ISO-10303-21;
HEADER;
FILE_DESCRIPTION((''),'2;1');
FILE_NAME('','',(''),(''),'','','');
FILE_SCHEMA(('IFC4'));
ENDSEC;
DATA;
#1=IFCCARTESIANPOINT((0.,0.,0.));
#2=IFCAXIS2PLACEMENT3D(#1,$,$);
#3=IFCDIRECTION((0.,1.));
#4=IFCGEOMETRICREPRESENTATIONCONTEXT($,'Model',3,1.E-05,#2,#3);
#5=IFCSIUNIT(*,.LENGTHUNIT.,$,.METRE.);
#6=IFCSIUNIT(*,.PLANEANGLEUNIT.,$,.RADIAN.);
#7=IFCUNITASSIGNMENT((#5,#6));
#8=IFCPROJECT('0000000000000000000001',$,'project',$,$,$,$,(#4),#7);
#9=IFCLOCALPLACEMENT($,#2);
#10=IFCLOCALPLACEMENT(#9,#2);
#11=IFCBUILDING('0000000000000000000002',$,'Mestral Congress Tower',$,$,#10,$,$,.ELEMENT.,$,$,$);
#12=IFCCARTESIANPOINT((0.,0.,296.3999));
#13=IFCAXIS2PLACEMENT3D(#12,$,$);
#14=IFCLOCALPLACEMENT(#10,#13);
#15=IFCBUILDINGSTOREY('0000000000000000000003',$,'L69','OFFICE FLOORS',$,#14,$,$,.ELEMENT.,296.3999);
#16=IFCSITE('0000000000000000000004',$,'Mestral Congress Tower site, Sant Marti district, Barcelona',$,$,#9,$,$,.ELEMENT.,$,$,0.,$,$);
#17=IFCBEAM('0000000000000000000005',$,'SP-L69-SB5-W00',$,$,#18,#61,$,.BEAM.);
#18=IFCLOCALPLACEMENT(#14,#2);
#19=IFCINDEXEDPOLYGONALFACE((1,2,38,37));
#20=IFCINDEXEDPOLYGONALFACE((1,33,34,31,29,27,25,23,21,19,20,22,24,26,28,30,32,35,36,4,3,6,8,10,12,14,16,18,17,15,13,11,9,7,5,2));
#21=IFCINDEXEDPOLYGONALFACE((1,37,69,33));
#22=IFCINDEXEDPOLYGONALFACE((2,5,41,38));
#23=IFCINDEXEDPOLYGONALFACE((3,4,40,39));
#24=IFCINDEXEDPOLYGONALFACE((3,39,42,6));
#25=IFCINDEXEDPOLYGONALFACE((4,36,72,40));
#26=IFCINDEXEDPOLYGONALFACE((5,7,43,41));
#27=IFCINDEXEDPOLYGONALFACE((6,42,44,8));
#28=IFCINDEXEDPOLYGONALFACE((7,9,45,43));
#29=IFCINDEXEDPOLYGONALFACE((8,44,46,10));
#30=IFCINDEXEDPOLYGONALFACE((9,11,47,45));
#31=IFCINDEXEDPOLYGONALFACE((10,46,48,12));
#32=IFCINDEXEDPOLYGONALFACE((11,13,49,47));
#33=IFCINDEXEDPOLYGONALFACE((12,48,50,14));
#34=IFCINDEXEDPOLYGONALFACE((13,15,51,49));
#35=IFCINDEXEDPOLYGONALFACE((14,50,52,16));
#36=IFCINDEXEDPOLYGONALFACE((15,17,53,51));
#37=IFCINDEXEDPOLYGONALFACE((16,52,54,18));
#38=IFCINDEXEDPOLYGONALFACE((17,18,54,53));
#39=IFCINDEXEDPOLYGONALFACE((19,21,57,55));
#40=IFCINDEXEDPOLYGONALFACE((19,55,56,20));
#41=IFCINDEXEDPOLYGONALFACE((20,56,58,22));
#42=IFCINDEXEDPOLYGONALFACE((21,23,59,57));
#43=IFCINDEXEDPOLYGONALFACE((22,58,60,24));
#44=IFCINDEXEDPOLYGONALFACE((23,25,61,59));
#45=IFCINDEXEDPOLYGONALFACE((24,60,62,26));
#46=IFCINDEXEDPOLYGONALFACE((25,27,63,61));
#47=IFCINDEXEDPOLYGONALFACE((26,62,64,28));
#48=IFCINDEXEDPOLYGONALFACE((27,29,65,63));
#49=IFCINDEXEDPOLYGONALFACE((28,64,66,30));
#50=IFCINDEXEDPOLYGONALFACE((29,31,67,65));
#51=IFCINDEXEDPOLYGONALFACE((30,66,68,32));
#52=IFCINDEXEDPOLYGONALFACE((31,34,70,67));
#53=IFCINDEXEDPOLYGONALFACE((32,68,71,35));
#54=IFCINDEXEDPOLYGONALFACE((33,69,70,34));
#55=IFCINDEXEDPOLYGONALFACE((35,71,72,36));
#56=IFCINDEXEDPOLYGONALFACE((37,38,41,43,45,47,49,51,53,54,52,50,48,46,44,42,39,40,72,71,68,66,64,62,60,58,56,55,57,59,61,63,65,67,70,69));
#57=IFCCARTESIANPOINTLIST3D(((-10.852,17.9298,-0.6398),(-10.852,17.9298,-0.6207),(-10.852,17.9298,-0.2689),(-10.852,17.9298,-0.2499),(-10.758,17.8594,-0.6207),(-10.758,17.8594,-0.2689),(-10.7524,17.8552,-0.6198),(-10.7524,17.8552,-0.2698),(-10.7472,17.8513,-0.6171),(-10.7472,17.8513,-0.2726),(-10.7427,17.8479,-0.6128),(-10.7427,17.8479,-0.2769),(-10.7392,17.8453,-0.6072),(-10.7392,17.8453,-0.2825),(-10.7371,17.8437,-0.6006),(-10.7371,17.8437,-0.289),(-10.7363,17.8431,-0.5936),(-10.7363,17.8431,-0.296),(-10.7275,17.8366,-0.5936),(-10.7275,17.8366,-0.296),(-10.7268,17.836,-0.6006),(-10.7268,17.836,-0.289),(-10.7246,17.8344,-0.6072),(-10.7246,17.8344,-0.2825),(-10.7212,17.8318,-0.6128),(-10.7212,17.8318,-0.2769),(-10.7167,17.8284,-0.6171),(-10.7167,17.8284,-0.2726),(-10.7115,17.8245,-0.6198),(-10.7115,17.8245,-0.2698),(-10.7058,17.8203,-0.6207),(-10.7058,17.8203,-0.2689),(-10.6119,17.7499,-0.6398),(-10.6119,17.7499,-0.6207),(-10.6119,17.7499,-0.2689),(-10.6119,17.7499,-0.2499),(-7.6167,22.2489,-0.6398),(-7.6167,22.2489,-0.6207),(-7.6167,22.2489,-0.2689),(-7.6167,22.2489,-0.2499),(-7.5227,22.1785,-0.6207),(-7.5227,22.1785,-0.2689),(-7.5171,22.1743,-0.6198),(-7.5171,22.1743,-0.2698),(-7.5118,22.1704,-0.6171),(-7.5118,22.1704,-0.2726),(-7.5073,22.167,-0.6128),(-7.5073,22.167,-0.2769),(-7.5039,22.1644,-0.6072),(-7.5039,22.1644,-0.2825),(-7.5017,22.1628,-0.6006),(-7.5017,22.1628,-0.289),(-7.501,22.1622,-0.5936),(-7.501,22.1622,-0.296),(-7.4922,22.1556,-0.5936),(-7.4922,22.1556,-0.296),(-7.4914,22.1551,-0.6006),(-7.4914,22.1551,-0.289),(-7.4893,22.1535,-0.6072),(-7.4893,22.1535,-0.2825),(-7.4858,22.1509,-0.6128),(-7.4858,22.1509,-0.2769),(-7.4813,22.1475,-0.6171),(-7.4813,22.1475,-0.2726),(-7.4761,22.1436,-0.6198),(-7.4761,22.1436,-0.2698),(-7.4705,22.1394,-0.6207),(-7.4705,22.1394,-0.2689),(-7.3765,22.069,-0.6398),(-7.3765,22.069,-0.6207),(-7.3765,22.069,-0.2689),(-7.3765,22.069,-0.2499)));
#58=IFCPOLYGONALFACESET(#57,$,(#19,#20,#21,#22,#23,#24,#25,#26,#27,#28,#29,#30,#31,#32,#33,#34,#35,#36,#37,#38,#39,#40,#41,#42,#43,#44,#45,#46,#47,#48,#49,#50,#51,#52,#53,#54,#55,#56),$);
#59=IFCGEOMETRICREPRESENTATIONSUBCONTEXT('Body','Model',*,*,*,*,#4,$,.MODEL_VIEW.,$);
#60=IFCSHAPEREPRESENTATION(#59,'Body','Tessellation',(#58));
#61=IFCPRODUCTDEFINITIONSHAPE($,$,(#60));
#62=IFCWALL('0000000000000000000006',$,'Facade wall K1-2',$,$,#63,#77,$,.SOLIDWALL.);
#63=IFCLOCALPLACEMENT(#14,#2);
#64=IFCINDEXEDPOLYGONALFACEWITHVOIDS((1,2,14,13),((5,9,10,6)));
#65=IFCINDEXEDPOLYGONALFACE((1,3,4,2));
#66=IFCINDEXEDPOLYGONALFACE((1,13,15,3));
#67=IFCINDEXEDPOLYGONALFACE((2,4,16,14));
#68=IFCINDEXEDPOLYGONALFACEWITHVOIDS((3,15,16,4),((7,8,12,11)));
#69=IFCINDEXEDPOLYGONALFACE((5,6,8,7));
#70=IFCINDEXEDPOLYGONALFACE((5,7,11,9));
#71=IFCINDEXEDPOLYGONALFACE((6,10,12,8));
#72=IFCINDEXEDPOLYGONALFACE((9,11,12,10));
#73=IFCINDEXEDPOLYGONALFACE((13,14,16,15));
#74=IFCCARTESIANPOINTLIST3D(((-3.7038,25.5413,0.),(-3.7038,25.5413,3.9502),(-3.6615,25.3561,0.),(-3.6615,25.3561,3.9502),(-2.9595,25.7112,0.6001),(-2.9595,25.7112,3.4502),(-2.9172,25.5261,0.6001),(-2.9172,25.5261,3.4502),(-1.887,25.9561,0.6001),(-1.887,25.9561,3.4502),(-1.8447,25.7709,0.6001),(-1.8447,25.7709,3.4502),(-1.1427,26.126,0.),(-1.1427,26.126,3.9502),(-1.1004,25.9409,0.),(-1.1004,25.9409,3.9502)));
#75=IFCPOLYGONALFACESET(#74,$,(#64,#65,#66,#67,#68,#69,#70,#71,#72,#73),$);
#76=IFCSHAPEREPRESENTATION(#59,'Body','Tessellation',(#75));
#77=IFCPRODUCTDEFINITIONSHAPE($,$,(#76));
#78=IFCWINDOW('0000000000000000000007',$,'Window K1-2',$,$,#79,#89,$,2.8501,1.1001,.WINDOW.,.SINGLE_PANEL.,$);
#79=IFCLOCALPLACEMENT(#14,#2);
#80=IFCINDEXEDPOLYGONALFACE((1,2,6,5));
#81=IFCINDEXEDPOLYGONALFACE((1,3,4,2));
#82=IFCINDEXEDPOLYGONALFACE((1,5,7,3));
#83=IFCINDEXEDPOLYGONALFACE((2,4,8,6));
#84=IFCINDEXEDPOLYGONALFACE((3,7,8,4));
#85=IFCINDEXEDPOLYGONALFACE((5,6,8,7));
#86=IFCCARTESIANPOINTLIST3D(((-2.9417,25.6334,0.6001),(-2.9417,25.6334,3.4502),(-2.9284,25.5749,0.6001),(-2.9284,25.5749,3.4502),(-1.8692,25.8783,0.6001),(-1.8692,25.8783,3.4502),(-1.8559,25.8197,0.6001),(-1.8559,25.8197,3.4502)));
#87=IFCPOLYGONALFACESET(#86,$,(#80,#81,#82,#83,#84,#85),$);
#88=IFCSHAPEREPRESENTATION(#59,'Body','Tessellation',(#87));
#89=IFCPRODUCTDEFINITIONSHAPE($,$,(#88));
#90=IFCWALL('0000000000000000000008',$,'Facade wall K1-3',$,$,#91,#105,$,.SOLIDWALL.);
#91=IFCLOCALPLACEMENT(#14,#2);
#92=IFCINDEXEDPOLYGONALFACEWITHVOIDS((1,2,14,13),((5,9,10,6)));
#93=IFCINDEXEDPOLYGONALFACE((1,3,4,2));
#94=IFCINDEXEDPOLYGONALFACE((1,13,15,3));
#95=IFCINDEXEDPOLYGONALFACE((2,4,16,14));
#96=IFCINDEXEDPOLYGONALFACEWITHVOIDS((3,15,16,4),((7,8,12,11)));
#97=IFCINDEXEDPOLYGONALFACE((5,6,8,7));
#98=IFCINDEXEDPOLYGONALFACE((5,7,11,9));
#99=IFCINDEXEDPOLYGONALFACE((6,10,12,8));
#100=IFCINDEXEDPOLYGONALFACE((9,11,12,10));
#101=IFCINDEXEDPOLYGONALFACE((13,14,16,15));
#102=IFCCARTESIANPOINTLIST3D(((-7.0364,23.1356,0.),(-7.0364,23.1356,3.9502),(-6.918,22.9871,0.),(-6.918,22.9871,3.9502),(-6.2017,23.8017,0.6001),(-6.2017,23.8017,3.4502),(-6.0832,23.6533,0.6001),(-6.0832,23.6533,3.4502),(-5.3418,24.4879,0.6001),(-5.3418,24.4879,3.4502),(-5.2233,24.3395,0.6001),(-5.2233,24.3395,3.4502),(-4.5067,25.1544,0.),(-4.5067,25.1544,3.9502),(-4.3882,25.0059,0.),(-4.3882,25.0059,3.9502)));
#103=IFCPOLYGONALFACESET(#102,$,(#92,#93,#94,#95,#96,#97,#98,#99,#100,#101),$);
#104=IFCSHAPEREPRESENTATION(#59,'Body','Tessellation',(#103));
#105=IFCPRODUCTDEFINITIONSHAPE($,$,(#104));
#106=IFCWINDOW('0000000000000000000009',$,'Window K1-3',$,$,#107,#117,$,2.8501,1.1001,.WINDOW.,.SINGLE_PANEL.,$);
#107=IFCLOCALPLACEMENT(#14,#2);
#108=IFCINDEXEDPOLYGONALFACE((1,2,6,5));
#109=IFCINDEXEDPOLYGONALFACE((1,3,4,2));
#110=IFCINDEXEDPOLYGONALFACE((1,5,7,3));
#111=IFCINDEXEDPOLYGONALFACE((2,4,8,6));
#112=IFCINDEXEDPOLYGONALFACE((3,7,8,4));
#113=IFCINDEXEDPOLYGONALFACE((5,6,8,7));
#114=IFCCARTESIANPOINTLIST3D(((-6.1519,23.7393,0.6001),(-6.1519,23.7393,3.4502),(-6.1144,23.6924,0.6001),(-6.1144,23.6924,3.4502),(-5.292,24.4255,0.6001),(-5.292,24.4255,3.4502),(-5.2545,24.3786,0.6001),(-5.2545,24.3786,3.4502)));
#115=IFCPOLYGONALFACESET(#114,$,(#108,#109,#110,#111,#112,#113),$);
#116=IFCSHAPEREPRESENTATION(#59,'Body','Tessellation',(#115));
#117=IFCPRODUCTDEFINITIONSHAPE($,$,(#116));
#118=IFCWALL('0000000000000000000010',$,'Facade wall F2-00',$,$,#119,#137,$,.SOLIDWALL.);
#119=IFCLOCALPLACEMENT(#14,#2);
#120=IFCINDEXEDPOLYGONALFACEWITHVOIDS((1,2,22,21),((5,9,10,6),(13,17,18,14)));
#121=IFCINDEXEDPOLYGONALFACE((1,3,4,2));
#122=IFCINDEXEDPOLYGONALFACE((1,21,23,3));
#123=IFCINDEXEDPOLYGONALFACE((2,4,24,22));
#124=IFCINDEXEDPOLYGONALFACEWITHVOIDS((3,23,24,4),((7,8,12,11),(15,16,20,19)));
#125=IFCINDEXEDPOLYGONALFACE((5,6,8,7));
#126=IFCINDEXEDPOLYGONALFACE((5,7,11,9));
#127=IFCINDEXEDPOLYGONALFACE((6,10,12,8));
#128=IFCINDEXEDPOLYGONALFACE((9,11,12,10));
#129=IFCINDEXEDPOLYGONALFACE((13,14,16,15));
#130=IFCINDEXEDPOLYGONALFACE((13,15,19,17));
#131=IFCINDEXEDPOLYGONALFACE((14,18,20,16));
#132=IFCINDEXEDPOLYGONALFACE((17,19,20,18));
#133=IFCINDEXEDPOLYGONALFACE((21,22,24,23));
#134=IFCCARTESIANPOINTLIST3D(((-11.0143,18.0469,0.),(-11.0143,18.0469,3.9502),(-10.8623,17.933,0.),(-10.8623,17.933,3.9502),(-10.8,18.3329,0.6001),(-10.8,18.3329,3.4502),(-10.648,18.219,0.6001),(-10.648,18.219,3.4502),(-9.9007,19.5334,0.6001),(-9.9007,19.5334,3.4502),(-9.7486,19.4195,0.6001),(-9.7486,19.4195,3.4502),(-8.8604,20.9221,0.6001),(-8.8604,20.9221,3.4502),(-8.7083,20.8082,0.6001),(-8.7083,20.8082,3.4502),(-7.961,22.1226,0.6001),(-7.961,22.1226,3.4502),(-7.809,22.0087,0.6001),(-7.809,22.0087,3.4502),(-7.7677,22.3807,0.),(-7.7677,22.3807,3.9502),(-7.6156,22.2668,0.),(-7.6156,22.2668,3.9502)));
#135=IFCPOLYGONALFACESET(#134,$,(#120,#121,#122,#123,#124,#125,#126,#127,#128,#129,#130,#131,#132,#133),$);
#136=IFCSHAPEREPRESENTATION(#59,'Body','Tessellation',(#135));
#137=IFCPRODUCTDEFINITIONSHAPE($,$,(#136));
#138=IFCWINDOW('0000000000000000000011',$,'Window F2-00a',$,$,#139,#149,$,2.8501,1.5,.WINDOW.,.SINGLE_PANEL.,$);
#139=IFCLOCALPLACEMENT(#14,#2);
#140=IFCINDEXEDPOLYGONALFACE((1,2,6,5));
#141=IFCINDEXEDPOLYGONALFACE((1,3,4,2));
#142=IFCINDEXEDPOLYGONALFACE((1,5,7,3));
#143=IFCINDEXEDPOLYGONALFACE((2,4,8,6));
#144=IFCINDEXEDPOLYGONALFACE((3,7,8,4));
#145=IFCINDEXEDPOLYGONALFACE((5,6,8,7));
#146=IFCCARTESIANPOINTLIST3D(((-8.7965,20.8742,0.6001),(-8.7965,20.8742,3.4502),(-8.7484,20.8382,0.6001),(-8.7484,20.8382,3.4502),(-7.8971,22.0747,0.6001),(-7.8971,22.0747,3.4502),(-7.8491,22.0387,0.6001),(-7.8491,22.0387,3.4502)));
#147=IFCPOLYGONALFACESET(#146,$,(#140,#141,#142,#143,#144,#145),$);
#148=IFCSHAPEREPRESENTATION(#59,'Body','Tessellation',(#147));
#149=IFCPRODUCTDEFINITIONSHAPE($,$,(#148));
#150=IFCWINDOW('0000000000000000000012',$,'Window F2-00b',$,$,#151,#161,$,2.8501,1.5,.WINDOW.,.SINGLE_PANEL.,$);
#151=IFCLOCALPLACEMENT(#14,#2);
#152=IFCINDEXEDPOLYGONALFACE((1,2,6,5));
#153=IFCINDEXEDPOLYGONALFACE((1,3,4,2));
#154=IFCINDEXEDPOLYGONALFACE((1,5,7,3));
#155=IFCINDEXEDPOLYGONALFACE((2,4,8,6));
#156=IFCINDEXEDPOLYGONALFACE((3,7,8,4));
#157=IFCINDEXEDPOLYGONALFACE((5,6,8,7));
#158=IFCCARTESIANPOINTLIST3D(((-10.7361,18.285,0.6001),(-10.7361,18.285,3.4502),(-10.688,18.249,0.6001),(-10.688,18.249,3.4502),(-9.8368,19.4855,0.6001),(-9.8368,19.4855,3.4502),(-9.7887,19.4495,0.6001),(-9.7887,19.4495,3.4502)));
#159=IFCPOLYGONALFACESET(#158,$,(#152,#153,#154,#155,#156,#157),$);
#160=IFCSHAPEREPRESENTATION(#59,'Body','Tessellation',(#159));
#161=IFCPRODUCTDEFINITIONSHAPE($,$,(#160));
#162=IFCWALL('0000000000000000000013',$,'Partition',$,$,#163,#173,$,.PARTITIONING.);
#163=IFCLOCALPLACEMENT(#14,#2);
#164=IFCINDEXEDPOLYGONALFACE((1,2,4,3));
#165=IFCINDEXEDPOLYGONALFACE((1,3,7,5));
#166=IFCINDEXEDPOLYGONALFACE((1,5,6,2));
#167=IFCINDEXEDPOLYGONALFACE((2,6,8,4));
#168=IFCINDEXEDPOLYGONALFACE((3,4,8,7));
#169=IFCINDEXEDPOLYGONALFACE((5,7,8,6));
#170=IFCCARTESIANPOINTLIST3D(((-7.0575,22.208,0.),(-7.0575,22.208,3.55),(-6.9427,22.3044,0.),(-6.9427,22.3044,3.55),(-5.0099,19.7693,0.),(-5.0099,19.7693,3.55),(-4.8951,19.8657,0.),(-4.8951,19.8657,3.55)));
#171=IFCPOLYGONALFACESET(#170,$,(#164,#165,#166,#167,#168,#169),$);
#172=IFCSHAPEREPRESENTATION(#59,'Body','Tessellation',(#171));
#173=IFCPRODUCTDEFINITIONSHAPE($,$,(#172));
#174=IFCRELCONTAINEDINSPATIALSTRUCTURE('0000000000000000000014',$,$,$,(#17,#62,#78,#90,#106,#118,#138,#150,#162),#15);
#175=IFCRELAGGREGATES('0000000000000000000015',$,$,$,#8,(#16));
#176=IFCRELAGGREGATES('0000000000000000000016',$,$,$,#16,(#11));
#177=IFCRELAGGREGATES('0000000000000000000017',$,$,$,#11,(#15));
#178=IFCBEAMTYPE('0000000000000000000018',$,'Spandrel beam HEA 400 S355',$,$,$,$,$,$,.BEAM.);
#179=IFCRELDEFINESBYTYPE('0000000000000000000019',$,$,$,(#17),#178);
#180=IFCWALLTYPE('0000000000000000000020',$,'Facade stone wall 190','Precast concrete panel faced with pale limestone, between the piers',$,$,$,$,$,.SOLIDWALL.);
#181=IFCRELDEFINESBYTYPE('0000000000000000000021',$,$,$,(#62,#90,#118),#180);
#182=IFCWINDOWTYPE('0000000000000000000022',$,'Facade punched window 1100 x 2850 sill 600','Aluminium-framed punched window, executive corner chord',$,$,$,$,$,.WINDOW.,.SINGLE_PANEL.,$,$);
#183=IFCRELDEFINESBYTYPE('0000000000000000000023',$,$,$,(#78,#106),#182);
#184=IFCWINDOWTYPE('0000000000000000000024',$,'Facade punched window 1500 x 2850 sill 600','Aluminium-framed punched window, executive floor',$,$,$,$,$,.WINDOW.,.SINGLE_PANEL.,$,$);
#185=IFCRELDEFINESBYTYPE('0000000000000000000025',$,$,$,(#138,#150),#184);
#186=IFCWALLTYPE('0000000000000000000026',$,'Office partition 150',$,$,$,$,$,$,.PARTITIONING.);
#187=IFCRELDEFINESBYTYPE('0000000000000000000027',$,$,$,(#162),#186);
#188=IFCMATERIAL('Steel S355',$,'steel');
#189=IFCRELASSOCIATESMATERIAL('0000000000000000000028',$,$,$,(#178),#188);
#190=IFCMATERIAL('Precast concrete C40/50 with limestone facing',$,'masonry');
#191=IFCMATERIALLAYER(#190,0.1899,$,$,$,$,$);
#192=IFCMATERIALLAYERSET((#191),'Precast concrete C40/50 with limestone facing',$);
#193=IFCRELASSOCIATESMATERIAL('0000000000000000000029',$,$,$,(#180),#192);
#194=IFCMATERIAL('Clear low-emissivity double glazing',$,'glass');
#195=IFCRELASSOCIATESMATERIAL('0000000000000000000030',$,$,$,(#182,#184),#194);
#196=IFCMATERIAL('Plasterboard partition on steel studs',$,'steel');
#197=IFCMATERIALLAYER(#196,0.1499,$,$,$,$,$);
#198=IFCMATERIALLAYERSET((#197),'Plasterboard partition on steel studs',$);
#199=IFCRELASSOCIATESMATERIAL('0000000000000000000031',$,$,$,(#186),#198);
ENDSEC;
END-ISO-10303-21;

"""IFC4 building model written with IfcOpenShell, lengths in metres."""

from ifc_helpers import new_model, si_unit, direction, frame, frame_2d, origin, origin_2d, place, context, subcontext, project, spatial, rectangle, i_section, extrude, material, layer, layer_set, material_profile, profile_set, type_object, element, fill, save


model = new_model("IFC4")

# Units and contexts
model_context = context("Model", 3, precision=1e-05, world=origin(), true_north=direction((0.0, 1.0)))
body_context = subcontext(model_context, "Body", "Model", "MODEL_VIEW")
ifc_project = project(units=[si_unit("LENGTHUNIT", "METRE"), si_unit("PLANEANGLEUNIT", "RADIAN")], contexts=[model_context])

# Site, building, storey
site_placement = place(None, origin())
site = spatial("IfcSite", under=ifc_project, at=site_placement, Name="Mestral Congress Tower site, Sant Marti district, Barcelona", CompositionType="ELEMENT", RefElevation=0.0)
building_placement = place(site_placement, origin())
building = spatial("IfcBuilding", under=site, at=building_placement, Name="Mestral Congress Tower", CompositionType="ELEMENT")
storey_placement = place(building_placement, frame((0.0, 0.0, 296.3999)))
storey = spatial("IfcBuildingStorey", under=building, at=storey_placement, Name="L69", Description="OFFICE FLOORS", CompositionType="ELEMENT", Elevation=296.3999)

# Beam
ifc_material_1 = material(Name="Steel S355", Category="steel")
ifc_material_profile_1 = material_profile(ifc_material_1, i_section(OverallWidth=0.3, OverallDepth=0.3899, WebThickness=0.011, FlangeThickness=0.019, FilletRadius=0.0271, at=origin_2d()), Name="HEA 400")
ifc_profile_set_1 = profile_set([ifc_material_profile_1], Name="Steel S355")
beam_type_1 = type_object("IfcBeamType", Name="Spandrel beam HEA 400 S355", PredefinedType="BEAM", material=ifc_profile_set_1)
beam_1_placement = place(storey_placement, frame((-7.4966, 22.1589, -0.4448), z_axis=(-0.599529, -0.800353, 0.0), x_axis=(0.800353, -0.599529, 0.0)))
element("IfcBeam", 1, at=beam_1_placement, inside=storey, type_object=beam_type_1, Name="SP-L69-SB5-W00", PredefinedType="BEAM", context=body_context, shape_type="SweptSolid", body=[
    extrude(i_section(OverallWidth=0.3, OverallDepth=0.3899, WebThickness=0.011, FlangeThickness=0.019, FilletRadius=0.0271, at=origin_2d()), origin(), (0.0, 0.0, 1.0), 5.3965),
])

# Walls, openings, windows
ifc_material_2 = material(Name="Precast concrete C40/50 with limestone facing", Category="masonry")
ifc_layer_1 = layer(ifc_material_2, 0.1899)
ifc_layer_set_1 = layer_set([ifc_layer_1], Name="Precast concrete C40/50 with limestone facing")
wall_type_1 = type_object("IfcWallType", Name="Facade stone wall 190", Description="Precast concrete panel faced with pale limestone, between the piers", PredefinedType="SOLIDWALL", material=ifc_layer_set_1)
wall_1_placement = place(storey_placement, frame((-1.1216, 26.0334, 0.0), z_axis=(0.0, 0.0, 1.0), x_axis=(-0.974913, -0.222585, 0.0)))
wall_1 = element("IfcWall", 2, at=wall_1_placement, inside=storey, type_object=wall_type_1, Name="Facade wall K1-2", PredefinedType="SOLIDWALL", context=body_context, shape_type="SweptSolid", body=[
    extrude(rectangle(XDim=2.627, YDim=0.1899, at=frame_2d((1.3135, 0.0))), origin(), (0.0, 0.0, 1.0), 3.9502),
])
opening_1_placement = place(wall_1_placement, frame((0.7634, 0.0, 0.6001)))
opening_1 = element("IfcOpeningElement", 3, at=opening_1_placement, cuts=wall_1, PredefinedType="OPENING", context=body_context, shape_type="SweptSolid", body=[
    extrude(rectangle(XDim=1.1001, YDim=2.8501, at=frame_2d((0.55, 1.425))), frame((0.0, 0.105, 0.0), z_axis=(0.0, -1.0, 0.0), x_axis=(1.0, 0.0, 0.0)), (0.0, 0.0, 1.0), 0.21),
])
ifc_material_3 = material(Name="Clear low-emissivity double glazing", Category="glass")
window_type_1 = type_object("IfcWindowType", Name="Facade punched window 1100 x 2850 sill 600", Description="Aluminium-framed punched window, executive corner chord", PartitioningType="SINGLE_PANEL", PredefinedType="WINDOW", material=ifc_material_3)
window_1_placement = place(opening_1_placement, origin())
window_1 = element("IfcWindow", 4, at=window_1_placement, inside=storey, type_object=window_type_1, Name="Window K1-2", OverallHeight=2.8501, OverallWidth=1.1001, PartitioningType="SINGLE_PANEL", PredefinedType="WINDOW", context=body_context, shape_type="SweptSolid", body=[
    extrude(rectangle(XDim=1.1001, YDim=2.8501, at=frame_2d((0.55, 1.425))), frame((0.0, 0.0449, 0.0), z_axis=(0.0, -1.0, 0.0), x_axis=(1.0, 0.0, 0.0)), (0.0, 0.0, 1.0), 0.0601),
])
fill(opening_1, window_1)
wall_2_placement = place(storey_placement, frame((-4.4475, 25.0801, 0.0), z_axis=(0.0, 0.0, 1.0), x_axis=(-0.781626, -0.623747, 0.0)))
wall_2 = element("IfcWall", 5, at=wall_2_placement, inside=storey, type_object=wall_type_1, Name="Facade wall K1-3", PredefinedType="SOLIDWALL", context=body_context, shape_type="SweptSolid", body=[
    extrude(rectangle(XDim=3.2366, YDim=0.1899, at=frame_2d((1.6182, 0.0))), origin(), (0.0, 0.0, 1.0), 3.9502),
])
opening_2_placement = place(wall_2_placement, frame((1.0684, 0.0, 0.6001)))
opening_2 = element("IfcOpeningElement", 6, at=opening_2_placement, cuts=wall_2, PredefinedType="OPENING", context=body_context, shape_type="SweptSolid", body=[
    extrude(rectangle(XDim=1.1001, YDim=2.8501, at=frame_2d((0.55, 1.425))), frame((0.0, 0.105, 0.0), z_axis=(0.0, -1.0, 0.0), x_axis=(1.0, 0.0, 0.0)), (0.0, 0.0, 1.0), 0.21),
])
window_2_placement = place(opening_2_placement, origin())
window_2 = element("IfcWindow", 7, at=window_2_placement, inside=storey, type_object=window_type_1, Name="Window K1-3", OverallHeight=2.8501, OverallWidth=1.1001, PartitioningType="SINGLE_PANEL", PredefinedType="WINDOW", context=body_context, shape_type="SweptSolid", body=[
    extrude(rectangle(XDim=1.1001, YDim=2.8501, at=frame_2d((0.55, 1.425))), frame((0.0, 0.0449, 0.0), z_axis=(0.0, -1.0, 0.0), x_axis=(1.0, 0.0, 0.0)), (0.0, 0.0, 1.0), 0.0601),
])
fill(opening_2, window_2)

# Wall, openings, windows
wall_3_placement = place(storey_placement, frame((-7.6917, 22.3237, 0.0), z_axis=(0.0, 0.0, 1.0), x_axis=(-0.59956, -0.80033, 0.0)))
wall_3 = element("IfcWall", 8, at=wall_3_placement, inside=storey, type_object=wall_type_1, Name="Facade wall F2-00", PredefinedType="SOLIDWALL", context=body_context, shape_type="SweptSolid", body=[
    extrude(rectangle(XDim=5.415, YDim=0.1899, at=frame_2d((2.7075, 0.0))), origin(), (0.0, 0.0, 1.0), 3.9502),
])
opening_3_placement = place(wall_3_placement, frame((0.3225, 0.0, 0.6001)))
opening_3 = element("IfcOpeningElement", 9, at=opening_3_placement, cuts=wall_3, PredefinedType="OPENING", context=body_context, shape_type="SweptSolid", body=[
    extrude(rectangle(XDim=1.5, YDim=2.8501, at=frame_2d((0.75, 1.425))), frame((0.0, 0.105, 0.0), z_axis=(0.0, -1.0, 0.0), x_axis=(1.0, 0.0, 0.0)), (0.0, 0.0, 1.0), 0.21),
])
opening_4_placement = place(wall_3_placement, frame((3.5576, 0.0, 0.6001)))
opening_4 = element("IfcOpeningElement", 10, at=opening_4_placement, cuts=wall_3, PredefinedType="OPENING", context=body_context, shape_type="SweptSolid", body=[
    extrude(rectangle(XDim=1.5, YDim=2.8501, at=frame_2d((0.75, 1.425))), frame((0.0, 0.105, 0.0), z_axis=(0.0, -1.0, 0.0), x_axis=(1.0, 0.0, 0.0)), (0.0, 0.0, 1.0), 0.21),
])
window_type_2 = type_object("IfcWindowType", Name="Facade punched window 1500 x 2850 sill 600", Description="Aluminium-framed punched window, executive floor", PartitioningType="SINGLE_PANEL", PredefinedType="WINDOW", material=ifc_material_3)
window_3_placement = place(opening_3_placement, origin())
window_3 = element("IfcWindow", 11, at=window_3_placement, inside=storey, type_object=window_type_2, Name="Window F2-00a", OverallHeight=2.8501, OverallWidth=1.5, PartitioningType="SINGLE_PANEL", PredefinedType="WINDOW", context=body_context, shape_type="SweptSolid", body=[
    extrude(rectangle(XDim=1.5, YDim=2.8501, at=frame_2d((0.75, 1.425))), frame((0.0, 0.0449, 0.0), z_axis=(0.0, -1.0, 0.0), x_axis=(1.0, 0.0, 0.0)), (0.0, 0.0, 1.0), 0.0601),
])
fill(opening_3, window_3)
window_4_placement = place(opening_4_placement, origin())
window_4 = element("IfcWindow", 12, at=window_4_placement, inside=storey, type_object=window_type_2, Name="Window F2-00b", OverallHeight=2.8501, OverallWidth=1.5, PartitioningType="SINGLE_PANEL", PredefinedType="WINDOW", context=body_context, shape_type="SweptSolid", body=[
    extrude(rectangle(XDim=1.5, YDim=2.8501, at=frame_2d((0.75, 1.425))), frame((0.0, 0.0449, 0.0), z_axis=(0.0, -1.0, 0.0), x_axis=(1.0, 0.0, 0.0)), (0.0, 0.0, 1.0), 0.0601),
])
fill(opening_4, window_4)

# Wall
ifc_material_4 = material(Name="Plasterboard partition on steel studs", Category="steel")
ifc_layer_2 = layer(ifc_material_4, 0.1499)
ifc_layer_set_2 = layer_set([ifc_layer_2], Name="Plasterboard partition on steel studs")
wall_type_2 = type_object("IfcWallType", Name="Office partition 150", PredefinedType="PARTITIONING", material=ifc_layer_set_2)
wall_4_placement = place(storey_placement, frame((-4.9524, 19.8174, 0.0), z_axis=(0.0, 0.0, 1.0), x_axis=(-0.643023, 0.765847, 0.0)))
element("IfcWall", 13, at=wall_4_placement, inside=storey, type_object=wall_type_2, Name="Partition", PredefinedType="PARTITIONING", context=body_context, shape_type="SweptSolid", body=[
    extrude(rectangle(XDim=3.1843, YDim=0.1499, at=frame_2d((1.5923, 0.0))), origin(), (0.0, 0.0, 1.0), 3.55),
])

save(model, "model.ifc")
